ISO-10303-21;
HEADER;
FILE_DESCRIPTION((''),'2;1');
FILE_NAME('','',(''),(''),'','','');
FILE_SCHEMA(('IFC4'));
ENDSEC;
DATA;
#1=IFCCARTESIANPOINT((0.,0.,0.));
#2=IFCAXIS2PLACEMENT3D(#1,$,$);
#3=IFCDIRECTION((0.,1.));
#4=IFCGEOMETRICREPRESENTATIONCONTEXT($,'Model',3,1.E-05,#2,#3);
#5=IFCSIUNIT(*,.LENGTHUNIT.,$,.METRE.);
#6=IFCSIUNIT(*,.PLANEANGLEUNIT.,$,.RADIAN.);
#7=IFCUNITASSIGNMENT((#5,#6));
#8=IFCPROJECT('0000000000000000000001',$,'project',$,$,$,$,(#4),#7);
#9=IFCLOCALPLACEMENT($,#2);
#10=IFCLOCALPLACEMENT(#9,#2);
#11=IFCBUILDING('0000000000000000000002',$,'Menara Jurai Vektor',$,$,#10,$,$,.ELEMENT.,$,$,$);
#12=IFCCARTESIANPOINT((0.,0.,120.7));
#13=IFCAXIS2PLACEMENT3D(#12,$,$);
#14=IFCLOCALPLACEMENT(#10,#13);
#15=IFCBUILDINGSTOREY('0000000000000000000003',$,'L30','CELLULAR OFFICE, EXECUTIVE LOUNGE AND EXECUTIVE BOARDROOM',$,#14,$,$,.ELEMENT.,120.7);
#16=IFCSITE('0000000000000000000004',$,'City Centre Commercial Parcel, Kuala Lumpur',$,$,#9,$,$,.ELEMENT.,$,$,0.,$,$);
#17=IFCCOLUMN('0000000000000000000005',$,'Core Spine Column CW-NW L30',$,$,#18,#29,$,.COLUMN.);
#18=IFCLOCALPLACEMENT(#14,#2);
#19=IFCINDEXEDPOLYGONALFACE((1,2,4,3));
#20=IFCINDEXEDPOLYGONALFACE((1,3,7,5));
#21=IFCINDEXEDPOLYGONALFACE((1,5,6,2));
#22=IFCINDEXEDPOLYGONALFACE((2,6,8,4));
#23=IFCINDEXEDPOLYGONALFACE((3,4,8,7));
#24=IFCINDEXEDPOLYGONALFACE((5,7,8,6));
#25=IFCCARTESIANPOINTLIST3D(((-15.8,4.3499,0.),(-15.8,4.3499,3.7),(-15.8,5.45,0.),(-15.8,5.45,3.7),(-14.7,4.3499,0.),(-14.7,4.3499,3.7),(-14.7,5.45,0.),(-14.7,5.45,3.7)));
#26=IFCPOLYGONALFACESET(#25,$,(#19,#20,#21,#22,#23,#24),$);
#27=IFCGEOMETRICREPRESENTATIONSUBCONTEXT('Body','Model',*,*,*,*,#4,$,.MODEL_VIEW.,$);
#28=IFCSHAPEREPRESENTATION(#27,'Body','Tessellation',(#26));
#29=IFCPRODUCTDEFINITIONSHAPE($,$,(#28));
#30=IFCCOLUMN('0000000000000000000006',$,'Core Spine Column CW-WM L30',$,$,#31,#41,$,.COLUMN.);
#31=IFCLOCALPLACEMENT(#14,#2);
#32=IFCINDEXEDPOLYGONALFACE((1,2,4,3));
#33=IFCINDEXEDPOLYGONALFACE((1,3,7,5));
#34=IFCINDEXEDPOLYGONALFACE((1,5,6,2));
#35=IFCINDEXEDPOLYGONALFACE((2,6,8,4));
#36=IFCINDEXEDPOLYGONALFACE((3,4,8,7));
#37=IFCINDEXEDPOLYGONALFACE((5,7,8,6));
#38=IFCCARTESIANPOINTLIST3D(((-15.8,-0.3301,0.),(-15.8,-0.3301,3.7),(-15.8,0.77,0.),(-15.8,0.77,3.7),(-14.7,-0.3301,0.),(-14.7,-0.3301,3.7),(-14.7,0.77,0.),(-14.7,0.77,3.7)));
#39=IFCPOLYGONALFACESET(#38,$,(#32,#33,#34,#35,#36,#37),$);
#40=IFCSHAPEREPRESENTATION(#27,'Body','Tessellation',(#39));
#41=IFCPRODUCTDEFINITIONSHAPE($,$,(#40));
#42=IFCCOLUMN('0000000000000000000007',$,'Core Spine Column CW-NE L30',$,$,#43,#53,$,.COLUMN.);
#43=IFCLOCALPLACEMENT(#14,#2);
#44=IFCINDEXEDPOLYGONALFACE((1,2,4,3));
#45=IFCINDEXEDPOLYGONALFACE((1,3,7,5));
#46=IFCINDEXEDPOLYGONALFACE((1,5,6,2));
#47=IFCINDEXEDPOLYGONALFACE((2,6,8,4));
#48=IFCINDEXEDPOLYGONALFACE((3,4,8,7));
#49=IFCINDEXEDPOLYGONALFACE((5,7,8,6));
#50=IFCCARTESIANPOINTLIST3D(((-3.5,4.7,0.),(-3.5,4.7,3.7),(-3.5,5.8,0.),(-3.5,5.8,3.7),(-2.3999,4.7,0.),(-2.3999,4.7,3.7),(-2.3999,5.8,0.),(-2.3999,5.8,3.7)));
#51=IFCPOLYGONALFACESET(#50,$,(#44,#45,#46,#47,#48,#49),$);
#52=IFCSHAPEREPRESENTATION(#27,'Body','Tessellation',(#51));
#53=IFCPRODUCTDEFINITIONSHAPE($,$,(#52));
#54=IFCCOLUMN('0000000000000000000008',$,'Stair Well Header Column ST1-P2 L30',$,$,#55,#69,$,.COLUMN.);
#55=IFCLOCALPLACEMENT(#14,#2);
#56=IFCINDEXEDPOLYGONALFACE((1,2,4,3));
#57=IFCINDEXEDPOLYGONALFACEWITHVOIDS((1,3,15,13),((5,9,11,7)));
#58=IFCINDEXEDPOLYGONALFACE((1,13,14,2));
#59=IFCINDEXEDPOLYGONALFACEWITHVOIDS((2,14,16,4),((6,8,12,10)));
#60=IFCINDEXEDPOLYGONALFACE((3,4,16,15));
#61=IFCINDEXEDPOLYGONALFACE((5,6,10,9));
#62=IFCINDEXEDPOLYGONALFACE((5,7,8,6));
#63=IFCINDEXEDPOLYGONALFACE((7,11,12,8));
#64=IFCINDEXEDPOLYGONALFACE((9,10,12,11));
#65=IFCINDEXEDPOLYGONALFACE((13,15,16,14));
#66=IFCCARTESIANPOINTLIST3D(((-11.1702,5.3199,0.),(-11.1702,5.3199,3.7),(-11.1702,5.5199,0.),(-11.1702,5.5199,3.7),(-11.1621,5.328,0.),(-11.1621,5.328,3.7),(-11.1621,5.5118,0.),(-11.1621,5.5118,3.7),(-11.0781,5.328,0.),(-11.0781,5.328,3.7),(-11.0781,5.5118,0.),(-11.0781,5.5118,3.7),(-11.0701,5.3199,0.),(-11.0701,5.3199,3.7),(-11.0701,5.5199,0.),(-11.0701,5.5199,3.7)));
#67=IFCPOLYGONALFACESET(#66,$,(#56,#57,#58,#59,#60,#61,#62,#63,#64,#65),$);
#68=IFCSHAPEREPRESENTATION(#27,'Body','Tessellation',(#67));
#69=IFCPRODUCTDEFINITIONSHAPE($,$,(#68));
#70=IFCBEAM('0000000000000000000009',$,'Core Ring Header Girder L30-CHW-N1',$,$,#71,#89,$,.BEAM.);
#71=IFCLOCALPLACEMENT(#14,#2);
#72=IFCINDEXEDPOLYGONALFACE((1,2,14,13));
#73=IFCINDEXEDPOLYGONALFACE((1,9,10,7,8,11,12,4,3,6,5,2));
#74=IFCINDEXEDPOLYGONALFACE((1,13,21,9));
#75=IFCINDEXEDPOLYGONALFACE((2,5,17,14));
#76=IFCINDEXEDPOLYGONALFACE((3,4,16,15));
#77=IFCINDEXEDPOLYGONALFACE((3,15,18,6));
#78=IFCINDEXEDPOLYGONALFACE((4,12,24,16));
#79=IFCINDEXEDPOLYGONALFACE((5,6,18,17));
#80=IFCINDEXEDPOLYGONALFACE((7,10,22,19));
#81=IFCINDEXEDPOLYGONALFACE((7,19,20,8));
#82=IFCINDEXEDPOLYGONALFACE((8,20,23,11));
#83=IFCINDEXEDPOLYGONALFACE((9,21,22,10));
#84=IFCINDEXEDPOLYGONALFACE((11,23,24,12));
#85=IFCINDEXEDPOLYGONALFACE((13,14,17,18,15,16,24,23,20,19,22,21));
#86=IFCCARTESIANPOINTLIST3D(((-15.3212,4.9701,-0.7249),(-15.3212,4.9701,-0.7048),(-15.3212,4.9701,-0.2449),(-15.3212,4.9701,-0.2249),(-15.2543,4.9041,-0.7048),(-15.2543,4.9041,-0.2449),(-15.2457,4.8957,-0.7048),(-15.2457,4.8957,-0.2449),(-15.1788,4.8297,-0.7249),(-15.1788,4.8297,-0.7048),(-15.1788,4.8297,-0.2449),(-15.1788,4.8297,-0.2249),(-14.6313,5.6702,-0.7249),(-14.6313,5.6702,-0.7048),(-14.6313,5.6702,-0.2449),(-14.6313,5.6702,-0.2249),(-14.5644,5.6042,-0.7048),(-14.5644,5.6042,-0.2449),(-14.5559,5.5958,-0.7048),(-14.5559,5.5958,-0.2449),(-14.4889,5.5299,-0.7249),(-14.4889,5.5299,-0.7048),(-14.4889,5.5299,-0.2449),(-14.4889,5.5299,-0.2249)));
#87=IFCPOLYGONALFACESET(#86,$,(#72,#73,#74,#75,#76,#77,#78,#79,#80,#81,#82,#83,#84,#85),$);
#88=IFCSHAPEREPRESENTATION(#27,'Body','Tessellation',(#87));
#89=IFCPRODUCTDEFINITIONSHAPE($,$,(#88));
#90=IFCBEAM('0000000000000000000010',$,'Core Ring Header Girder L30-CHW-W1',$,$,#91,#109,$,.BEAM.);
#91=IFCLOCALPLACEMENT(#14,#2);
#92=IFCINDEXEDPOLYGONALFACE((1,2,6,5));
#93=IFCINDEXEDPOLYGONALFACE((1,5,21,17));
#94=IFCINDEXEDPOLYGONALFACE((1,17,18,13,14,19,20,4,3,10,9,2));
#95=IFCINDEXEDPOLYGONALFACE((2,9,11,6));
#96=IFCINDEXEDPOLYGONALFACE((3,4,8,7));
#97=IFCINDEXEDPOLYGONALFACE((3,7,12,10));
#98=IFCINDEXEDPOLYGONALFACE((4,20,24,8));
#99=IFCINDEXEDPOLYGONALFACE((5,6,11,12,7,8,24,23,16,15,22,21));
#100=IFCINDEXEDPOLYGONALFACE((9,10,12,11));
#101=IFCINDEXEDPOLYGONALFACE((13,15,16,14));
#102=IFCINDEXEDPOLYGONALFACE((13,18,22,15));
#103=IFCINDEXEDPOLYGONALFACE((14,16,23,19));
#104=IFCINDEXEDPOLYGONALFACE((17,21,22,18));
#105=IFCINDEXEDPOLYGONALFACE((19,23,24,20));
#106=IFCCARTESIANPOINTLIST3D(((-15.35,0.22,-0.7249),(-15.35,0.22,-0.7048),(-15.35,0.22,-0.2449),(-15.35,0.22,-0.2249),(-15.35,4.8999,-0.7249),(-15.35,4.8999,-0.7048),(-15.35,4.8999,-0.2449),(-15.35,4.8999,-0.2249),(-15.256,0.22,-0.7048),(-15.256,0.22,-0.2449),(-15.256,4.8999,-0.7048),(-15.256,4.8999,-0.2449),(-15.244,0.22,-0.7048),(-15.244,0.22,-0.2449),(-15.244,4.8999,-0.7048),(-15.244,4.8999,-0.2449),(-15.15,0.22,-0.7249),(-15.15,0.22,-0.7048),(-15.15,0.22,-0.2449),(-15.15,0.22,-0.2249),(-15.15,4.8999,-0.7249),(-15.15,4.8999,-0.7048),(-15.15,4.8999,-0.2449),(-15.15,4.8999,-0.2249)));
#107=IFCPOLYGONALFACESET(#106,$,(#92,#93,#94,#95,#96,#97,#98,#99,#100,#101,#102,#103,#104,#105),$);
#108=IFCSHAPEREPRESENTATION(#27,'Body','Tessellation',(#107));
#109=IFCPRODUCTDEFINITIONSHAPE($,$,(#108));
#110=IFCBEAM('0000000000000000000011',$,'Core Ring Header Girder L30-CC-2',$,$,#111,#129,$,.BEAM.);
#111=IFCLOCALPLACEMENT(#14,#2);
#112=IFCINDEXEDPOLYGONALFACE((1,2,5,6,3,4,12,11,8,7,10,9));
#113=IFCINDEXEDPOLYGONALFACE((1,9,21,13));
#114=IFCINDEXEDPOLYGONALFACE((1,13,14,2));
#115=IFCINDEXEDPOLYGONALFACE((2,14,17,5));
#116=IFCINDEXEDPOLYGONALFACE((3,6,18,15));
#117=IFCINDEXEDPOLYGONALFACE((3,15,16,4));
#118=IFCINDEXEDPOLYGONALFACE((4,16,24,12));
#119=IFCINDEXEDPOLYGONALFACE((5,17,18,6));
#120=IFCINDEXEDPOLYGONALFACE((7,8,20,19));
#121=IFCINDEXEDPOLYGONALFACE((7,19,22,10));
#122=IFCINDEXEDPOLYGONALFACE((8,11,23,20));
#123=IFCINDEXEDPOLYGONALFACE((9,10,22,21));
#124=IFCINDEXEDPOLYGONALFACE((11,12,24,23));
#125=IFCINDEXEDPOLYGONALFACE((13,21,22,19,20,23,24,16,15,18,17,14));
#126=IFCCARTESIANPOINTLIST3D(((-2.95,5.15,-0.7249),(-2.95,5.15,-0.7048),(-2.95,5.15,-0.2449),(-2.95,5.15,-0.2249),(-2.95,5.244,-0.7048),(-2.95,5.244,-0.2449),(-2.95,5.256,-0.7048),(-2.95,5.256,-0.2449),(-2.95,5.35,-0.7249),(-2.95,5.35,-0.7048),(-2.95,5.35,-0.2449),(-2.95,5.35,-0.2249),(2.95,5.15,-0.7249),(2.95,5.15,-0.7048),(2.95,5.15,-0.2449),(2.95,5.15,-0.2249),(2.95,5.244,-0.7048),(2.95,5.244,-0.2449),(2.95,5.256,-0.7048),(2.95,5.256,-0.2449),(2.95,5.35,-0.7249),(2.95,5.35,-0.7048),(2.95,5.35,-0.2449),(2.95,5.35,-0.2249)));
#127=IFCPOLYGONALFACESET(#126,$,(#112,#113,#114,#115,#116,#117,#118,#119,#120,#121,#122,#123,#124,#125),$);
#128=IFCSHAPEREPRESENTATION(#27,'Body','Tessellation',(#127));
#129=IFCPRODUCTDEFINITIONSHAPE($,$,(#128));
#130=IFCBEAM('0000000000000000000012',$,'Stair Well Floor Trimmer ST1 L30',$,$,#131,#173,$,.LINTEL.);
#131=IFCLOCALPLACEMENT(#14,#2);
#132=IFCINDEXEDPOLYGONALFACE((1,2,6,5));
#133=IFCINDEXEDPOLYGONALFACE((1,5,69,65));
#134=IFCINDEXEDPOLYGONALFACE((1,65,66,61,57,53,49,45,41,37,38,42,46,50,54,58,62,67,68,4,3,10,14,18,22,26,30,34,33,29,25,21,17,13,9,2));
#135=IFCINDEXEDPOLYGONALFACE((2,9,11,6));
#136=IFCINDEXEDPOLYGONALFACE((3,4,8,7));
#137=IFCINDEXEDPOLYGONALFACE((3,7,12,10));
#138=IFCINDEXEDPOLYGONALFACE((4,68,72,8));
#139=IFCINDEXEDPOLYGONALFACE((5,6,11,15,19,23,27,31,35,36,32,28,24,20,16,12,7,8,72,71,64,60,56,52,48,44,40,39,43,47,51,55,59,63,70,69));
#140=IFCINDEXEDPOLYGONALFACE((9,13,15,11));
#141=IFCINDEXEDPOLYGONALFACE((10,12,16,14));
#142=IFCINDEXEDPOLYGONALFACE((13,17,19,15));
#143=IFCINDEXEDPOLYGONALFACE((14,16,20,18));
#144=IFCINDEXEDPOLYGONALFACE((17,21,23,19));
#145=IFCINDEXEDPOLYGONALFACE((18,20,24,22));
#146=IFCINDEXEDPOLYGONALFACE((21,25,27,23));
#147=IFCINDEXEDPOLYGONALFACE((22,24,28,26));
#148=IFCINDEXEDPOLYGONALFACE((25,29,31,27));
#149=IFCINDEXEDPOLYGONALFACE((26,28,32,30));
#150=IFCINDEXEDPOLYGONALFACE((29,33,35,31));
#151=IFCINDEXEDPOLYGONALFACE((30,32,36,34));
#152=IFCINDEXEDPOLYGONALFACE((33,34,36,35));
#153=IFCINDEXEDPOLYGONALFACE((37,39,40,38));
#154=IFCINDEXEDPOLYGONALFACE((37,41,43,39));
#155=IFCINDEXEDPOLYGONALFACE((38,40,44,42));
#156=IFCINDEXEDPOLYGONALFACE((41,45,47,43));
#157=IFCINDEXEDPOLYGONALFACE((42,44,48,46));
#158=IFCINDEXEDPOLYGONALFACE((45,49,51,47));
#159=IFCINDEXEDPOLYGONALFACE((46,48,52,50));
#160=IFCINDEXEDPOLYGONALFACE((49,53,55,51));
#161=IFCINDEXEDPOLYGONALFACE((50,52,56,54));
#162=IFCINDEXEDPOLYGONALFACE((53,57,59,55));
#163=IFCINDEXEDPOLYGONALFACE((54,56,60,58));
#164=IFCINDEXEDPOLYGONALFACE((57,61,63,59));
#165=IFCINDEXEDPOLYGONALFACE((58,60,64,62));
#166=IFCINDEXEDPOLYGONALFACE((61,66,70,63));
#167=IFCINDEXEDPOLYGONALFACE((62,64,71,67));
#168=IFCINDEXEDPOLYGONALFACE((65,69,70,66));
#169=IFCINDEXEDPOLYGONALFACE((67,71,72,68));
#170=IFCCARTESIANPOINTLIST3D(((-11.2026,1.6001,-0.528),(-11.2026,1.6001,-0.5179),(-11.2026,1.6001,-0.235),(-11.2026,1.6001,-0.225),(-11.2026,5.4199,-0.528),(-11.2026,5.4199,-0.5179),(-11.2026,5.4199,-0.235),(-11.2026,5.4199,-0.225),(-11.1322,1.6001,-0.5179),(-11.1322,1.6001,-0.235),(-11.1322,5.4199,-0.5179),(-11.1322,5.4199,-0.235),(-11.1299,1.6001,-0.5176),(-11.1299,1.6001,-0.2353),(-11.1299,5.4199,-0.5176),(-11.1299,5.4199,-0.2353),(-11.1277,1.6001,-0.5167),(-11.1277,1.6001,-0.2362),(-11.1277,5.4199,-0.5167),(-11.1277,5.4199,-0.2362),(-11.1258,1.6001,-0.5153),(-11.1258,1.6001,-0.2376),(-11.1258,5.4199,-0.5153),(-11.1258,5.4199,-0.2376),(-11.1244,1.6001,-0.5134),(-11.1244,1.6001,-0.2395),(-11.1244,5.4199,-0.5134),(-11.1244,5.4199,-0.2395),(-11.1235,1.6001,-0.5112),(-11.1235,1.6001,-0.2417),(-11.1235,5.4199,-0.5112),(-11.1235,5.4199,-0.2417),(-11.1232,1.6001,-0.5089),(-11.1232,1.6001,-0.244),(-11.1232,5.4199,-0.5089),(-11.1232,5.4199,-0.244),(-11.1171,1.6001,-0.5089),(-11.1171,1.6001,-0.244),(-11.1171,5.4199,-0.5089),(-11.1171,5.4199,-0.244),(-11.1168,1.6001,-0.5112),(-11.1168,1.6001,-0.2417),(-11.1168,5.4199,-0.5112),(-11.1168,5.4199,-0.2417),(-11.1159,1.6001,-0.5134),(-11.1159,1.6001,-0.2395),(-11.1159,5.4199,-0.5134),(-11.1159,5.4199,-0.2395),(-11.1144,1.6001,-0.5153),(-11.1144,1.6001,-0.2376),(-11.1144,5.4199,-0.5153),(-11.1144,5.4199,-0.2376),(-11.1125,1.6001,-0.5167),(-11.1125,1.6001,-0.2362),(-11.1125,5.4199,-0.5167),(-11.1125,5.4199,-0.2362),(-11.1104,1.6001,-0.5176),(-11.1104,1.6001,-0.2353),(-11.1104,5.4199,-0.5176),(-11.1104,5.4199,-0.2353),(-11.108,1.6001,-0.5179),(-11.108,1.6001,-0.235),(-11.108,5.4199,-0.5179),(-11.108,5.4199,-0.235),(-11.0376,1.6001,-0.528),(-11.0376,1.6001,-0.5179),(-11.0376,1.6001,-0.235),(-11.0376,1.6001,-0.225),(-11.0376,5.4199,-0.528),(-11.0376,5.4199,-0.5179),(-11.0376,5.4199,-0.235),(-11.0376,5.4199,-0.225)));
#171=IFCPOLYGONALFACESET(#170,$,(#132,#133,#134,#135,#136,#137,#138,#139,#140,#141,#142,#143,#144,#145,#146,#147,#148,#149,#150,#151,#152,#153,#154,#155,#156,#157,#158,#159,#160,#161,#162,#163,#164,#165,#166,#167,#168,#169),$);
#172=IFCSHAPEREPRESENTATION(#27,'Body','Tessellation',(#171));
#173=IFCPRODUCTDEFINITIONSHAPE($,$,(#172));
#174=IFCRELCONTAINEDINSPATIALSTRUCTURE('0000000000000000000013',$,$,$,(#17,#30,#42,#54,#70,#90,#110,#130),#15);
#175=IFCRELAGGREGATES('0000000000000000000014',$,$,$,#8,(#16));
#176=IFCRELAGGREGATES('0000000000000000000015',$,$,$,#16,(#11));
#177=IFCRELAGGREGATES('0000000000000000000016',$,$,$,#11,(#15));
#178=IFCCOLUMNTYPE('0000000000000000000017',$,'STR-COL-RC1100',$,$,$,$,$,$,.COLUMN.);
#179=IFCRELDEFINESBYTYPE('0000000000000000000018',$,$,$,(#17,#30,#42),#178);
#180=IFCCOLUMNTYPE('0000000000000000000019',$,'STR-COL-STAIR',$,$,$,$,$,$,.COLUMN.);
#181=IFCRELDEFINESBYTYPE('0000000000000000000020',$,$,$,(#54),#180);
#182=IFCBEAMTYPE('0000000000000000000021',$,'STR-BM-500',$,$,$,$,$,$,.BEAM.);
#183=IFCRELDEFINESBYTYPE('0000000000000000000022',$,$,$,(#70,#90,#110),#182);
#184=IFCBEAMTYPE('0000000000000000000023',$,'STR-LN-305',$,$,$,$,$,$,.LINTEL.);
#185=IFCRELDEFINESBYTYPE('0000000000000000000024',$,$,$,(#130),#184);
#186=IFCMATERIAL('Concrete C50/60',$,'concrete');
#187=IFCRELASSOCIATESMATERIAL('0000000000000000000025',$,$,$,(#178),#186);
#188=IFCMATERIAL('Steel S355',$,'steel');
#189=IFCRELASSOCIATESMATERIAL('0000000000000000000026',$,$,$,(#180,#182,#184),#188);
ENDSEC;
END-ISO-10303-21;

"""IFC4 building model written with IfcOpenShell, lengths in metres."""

from ifc_helpers import new_model, si_unit, direction, frame, origin, origin_2d, place, context, subcontext, project, spatial, rectangle, hollow_rectangle, i_section, extrude, material, material_profile, profile_set, type_object, element, save


model = new_model("IFC4")

# Units and contexts
model_context = context("Model", 3, precision=1e-05, world=origin(), true_north=direction((0.0, 1.0)))
body_context = subcontext(model_context, "Body", "Model", "MODEL_VIEW")
ifc_project = project(units=[si_unit("LENGTHUNIT", "METRE"), si_unit("PLANEANGLEUNIT", "RADIAN")], contexts=[model_context])

# Site, building, storey
site_placement = place(None, origin())
site = spatial("IfcSite", under=ifc_project, at=site_placement, Name="City Centre Commercial Parcel, Kuala Lumpur", CompositionType="ELEMENT", RefElevation=0.0)
building_placement = place(site_placement, origin())
building = spatial("IfcBuilding", under=site, at=building_placement, Name="Menara Jurai Vektor", CompositionType="ELEMENT")
storey_placement = place(building_placement, frame((0.0, 0.0, 120.7)))
storey = spatial("IfcBuildingStorey", under=building, at=storey_placement, Name="L30", Description="CELLULAR OFFICE, EXECUTIVE LOUNGE AND EXECUTIVE BOARDROOM", CompositionType="ELEMENT", Elevation=120.7)

# Columns
ifc_material_1 = material(Name="Concrete C50/60", Category="concrete")
ifc_material_profile_1 = material_profile(ifc_material_1, rectangle(XDim=1.1001, YDim=1.1001, at=origin_2d()), Name="RC 1100x1100")
ifc_profile_set_1 = profile_set([ifc_material_profile_1], Name="Concrete C50/60")
column_type_1 = type_object("IfcColumnType", Name="STR-COL-RC1100", PredefinedType="COLUMN", material=ifc_profile_set_1)
for number, where, z_axis, x_axis, name in (
    (1, (-15.25, 4.8999, 0.0), (0.0, 0.0, 1.0), (1.0, 0.0, 0.0), "Core Spine Column CW-NW L30"),
    (2, (-15.25, 0.22, 0.0), (0.0, 0.0, 1.0), (1.0, 0.0, 0.0), "Core Spine Column CW-WM L30"),
    (3, (-2.95, 5.25, 0.0), (0.0, 0.0, 1.0), (1.0, 0.0, 0.0), "Core Spine Column CW-NE L30"),
):
    element("IfcColumn", number, at=place(storey_placement, frame(where, z_axis=z_axis, x_axis=x_axis)), inside=storey, type_object=column_type_1, Name=name, PredefinedType="COLUMN", context=body_context, shape_type="SweptSolid", body=[
        extrude(rectangle(XDim=1.1001, YDim=1.1001, at=origin_2d()), origin(), (0.0, 0.0, 1.0), 3.7),
    ])
ifc_material_2 = material(Name="Steel S355", Category="steel")
ifc_material_profile_2 = material_profile(ifc_material_2, hollow_rectangle(XDim=0.1001, YDim=0.2, WallThickness=0.0081, at=origin_2d()), Name="RHS 200x100x8")
ifc_profile_set_2 = profile_set([ifc_material_profile_2], Name="Steel S355")
column_type_2 = type_object("IfcColumnType", Name="STR-COL-STAIR", PredefinedType="COLUMN", material=ifc_profile_set_2)
column_placement = place(storey_placement, frame((-11.1201, 5.4199, 0.0), z_axis=(0.0, 0.0, 1.0), x_axis=(1.0, 0.0, 0.0)))
element("IfcColumn", 4, at=column_placement, inside=storey, type_object=column_type_2, Name="Stair Well Header Column ST1-P2 L30", PredefinedType="COLUMN", context=body_context, shape_type="SweptSolid", body=[
    extrude(hollow_rectangle(XDim=0.1001, YDim=0.2, WallThickness=0.0081, at=origin_2d()), origin(), (0.0, 0.0, 1.0), 3.7),
])

# Beams
ifc_material_profile_3 = material_profile(ifc_material_2, i_section(OverallWidth=0.2, OverallDepth=0.5, WebThickness=0.012, FlangeThickness=0.02, at=origin_2d()), Name="PG 500x200x96")
ifc_profile_set_3 = profile_set([ifc_material_profile_3], Name="Steel S355")
beam_type_1 = type_object("IfcBeamType", Name="STR-BM-500", PredefinedType="BEAM", material=ifc_profile_set_3)
beam_1_placement = place(storey_placement, frame((-15.25, 4.8999, -0.4749), z_axis=(0.701872, 0.712303, 0.0), x_axis=(-0.712303, 0.701872, 0.0)))
element("IfcBeam", 5, at=beam_1_placement, inside=storey, type_object=beam_type_1, Name="Core Ring Header Girder L30-CHW-N1", PredefinedType="BEAM", context=body_context, shape_type="SweptSolid", body=[
    extrude(i_section(OverallWidth=0.2, OverallDepth=0.5, WebThickness=0.012, FlangeThickness=0.02, at=origin_2d()), origin(), (0.0, 0.0, 1.0), 0.9829),
])
beam_2_placement = place(storey_placement, frame((-15.25, 0.22, -0.4749), z_axis=(0.0, 1.0, 0.0), x_axis=(-1.0, 0.0, 0.0)))
element("IfcBeam", 6, at=beam_2_placement, inside=storey, type_object=beam_type_1, Name="Core Ring Header Girder L30-CHW-W1", PredefinedType="BEAM", context=body_context, shape_type="SweptSolid", body=[
    extrude(i_section(OverallWidth=0.2, OverallDepth=0.5, WebThickness=0.012, FlangeThickness=0.02, at=origin_2d()), origin(), (0.0, 0.0, 1.0), 4.6799),
])
beam_3_placement = place(storey_placement, frame((-2.95, 5.25, -0.4749), z_axis=(1.0, 0.0, 0.0), x_axis=(0.0, 1.0, 0.0)))
element("IfcBeam", 7, at=beam_3_placement, inside=storey, type_object=beam_type_1, Name="Core Ring Header Girder L30-CC-2", PredefinedType="BEAM", context=body_context, shape_type="SweptSolid", body=[
    extrude(i_section(OverallWidth=0.2, OverallDepth=0.5, WebThickness=0.012, FlangeThickness=0.02, at=origin_2d()), origin(), (0.0, 0.0, 1.0), 5.8999),
])
ifc_material_profile_4 = material_profile(ifc_material_2, i_section(OverallWidth=0.165, OverallDepth=0.303, WebThickness=0.0061, FlangeThickness=0.01, FilletRadius=0.009, at=origin_2d()), Name="UKB 305x165x40")
ifc_profile_set_4 = profile_set([ifc_material_profile_4], Name="Steel S355")
beam_type_2 = type_object("IfcBeamType", Name="STR-LN-305", PredefinedType="LINTEL", material=ifc_profile_set_4)
beam_4_placement = place(storey_placement, frame((-11.1201, 1.6001, -0.3765), z_axis=(0.0, 1.0, 0.0), x_axis=(-1.0, 0.0, 0.0)))
element("IfcBeam", 8, at=beam_4_placement, inside=storey, type_object=beam_type_2, Name="Stair Well Floor Trimmer ST1 L30", PredefinedType="LINTEL", context=body_context, shape_type="SweptSolid", body=[
    extrude(i_section(OverallWidth=0.165, OverallDepth=0.303, WebThickness=0.0061, FlangeThickness=0.01, FilletRadius=0.009, at=origin_2d()), origin(), (0.0, 0.0, 1.0), 3.8198),
])

save(model, "model.ifc")
